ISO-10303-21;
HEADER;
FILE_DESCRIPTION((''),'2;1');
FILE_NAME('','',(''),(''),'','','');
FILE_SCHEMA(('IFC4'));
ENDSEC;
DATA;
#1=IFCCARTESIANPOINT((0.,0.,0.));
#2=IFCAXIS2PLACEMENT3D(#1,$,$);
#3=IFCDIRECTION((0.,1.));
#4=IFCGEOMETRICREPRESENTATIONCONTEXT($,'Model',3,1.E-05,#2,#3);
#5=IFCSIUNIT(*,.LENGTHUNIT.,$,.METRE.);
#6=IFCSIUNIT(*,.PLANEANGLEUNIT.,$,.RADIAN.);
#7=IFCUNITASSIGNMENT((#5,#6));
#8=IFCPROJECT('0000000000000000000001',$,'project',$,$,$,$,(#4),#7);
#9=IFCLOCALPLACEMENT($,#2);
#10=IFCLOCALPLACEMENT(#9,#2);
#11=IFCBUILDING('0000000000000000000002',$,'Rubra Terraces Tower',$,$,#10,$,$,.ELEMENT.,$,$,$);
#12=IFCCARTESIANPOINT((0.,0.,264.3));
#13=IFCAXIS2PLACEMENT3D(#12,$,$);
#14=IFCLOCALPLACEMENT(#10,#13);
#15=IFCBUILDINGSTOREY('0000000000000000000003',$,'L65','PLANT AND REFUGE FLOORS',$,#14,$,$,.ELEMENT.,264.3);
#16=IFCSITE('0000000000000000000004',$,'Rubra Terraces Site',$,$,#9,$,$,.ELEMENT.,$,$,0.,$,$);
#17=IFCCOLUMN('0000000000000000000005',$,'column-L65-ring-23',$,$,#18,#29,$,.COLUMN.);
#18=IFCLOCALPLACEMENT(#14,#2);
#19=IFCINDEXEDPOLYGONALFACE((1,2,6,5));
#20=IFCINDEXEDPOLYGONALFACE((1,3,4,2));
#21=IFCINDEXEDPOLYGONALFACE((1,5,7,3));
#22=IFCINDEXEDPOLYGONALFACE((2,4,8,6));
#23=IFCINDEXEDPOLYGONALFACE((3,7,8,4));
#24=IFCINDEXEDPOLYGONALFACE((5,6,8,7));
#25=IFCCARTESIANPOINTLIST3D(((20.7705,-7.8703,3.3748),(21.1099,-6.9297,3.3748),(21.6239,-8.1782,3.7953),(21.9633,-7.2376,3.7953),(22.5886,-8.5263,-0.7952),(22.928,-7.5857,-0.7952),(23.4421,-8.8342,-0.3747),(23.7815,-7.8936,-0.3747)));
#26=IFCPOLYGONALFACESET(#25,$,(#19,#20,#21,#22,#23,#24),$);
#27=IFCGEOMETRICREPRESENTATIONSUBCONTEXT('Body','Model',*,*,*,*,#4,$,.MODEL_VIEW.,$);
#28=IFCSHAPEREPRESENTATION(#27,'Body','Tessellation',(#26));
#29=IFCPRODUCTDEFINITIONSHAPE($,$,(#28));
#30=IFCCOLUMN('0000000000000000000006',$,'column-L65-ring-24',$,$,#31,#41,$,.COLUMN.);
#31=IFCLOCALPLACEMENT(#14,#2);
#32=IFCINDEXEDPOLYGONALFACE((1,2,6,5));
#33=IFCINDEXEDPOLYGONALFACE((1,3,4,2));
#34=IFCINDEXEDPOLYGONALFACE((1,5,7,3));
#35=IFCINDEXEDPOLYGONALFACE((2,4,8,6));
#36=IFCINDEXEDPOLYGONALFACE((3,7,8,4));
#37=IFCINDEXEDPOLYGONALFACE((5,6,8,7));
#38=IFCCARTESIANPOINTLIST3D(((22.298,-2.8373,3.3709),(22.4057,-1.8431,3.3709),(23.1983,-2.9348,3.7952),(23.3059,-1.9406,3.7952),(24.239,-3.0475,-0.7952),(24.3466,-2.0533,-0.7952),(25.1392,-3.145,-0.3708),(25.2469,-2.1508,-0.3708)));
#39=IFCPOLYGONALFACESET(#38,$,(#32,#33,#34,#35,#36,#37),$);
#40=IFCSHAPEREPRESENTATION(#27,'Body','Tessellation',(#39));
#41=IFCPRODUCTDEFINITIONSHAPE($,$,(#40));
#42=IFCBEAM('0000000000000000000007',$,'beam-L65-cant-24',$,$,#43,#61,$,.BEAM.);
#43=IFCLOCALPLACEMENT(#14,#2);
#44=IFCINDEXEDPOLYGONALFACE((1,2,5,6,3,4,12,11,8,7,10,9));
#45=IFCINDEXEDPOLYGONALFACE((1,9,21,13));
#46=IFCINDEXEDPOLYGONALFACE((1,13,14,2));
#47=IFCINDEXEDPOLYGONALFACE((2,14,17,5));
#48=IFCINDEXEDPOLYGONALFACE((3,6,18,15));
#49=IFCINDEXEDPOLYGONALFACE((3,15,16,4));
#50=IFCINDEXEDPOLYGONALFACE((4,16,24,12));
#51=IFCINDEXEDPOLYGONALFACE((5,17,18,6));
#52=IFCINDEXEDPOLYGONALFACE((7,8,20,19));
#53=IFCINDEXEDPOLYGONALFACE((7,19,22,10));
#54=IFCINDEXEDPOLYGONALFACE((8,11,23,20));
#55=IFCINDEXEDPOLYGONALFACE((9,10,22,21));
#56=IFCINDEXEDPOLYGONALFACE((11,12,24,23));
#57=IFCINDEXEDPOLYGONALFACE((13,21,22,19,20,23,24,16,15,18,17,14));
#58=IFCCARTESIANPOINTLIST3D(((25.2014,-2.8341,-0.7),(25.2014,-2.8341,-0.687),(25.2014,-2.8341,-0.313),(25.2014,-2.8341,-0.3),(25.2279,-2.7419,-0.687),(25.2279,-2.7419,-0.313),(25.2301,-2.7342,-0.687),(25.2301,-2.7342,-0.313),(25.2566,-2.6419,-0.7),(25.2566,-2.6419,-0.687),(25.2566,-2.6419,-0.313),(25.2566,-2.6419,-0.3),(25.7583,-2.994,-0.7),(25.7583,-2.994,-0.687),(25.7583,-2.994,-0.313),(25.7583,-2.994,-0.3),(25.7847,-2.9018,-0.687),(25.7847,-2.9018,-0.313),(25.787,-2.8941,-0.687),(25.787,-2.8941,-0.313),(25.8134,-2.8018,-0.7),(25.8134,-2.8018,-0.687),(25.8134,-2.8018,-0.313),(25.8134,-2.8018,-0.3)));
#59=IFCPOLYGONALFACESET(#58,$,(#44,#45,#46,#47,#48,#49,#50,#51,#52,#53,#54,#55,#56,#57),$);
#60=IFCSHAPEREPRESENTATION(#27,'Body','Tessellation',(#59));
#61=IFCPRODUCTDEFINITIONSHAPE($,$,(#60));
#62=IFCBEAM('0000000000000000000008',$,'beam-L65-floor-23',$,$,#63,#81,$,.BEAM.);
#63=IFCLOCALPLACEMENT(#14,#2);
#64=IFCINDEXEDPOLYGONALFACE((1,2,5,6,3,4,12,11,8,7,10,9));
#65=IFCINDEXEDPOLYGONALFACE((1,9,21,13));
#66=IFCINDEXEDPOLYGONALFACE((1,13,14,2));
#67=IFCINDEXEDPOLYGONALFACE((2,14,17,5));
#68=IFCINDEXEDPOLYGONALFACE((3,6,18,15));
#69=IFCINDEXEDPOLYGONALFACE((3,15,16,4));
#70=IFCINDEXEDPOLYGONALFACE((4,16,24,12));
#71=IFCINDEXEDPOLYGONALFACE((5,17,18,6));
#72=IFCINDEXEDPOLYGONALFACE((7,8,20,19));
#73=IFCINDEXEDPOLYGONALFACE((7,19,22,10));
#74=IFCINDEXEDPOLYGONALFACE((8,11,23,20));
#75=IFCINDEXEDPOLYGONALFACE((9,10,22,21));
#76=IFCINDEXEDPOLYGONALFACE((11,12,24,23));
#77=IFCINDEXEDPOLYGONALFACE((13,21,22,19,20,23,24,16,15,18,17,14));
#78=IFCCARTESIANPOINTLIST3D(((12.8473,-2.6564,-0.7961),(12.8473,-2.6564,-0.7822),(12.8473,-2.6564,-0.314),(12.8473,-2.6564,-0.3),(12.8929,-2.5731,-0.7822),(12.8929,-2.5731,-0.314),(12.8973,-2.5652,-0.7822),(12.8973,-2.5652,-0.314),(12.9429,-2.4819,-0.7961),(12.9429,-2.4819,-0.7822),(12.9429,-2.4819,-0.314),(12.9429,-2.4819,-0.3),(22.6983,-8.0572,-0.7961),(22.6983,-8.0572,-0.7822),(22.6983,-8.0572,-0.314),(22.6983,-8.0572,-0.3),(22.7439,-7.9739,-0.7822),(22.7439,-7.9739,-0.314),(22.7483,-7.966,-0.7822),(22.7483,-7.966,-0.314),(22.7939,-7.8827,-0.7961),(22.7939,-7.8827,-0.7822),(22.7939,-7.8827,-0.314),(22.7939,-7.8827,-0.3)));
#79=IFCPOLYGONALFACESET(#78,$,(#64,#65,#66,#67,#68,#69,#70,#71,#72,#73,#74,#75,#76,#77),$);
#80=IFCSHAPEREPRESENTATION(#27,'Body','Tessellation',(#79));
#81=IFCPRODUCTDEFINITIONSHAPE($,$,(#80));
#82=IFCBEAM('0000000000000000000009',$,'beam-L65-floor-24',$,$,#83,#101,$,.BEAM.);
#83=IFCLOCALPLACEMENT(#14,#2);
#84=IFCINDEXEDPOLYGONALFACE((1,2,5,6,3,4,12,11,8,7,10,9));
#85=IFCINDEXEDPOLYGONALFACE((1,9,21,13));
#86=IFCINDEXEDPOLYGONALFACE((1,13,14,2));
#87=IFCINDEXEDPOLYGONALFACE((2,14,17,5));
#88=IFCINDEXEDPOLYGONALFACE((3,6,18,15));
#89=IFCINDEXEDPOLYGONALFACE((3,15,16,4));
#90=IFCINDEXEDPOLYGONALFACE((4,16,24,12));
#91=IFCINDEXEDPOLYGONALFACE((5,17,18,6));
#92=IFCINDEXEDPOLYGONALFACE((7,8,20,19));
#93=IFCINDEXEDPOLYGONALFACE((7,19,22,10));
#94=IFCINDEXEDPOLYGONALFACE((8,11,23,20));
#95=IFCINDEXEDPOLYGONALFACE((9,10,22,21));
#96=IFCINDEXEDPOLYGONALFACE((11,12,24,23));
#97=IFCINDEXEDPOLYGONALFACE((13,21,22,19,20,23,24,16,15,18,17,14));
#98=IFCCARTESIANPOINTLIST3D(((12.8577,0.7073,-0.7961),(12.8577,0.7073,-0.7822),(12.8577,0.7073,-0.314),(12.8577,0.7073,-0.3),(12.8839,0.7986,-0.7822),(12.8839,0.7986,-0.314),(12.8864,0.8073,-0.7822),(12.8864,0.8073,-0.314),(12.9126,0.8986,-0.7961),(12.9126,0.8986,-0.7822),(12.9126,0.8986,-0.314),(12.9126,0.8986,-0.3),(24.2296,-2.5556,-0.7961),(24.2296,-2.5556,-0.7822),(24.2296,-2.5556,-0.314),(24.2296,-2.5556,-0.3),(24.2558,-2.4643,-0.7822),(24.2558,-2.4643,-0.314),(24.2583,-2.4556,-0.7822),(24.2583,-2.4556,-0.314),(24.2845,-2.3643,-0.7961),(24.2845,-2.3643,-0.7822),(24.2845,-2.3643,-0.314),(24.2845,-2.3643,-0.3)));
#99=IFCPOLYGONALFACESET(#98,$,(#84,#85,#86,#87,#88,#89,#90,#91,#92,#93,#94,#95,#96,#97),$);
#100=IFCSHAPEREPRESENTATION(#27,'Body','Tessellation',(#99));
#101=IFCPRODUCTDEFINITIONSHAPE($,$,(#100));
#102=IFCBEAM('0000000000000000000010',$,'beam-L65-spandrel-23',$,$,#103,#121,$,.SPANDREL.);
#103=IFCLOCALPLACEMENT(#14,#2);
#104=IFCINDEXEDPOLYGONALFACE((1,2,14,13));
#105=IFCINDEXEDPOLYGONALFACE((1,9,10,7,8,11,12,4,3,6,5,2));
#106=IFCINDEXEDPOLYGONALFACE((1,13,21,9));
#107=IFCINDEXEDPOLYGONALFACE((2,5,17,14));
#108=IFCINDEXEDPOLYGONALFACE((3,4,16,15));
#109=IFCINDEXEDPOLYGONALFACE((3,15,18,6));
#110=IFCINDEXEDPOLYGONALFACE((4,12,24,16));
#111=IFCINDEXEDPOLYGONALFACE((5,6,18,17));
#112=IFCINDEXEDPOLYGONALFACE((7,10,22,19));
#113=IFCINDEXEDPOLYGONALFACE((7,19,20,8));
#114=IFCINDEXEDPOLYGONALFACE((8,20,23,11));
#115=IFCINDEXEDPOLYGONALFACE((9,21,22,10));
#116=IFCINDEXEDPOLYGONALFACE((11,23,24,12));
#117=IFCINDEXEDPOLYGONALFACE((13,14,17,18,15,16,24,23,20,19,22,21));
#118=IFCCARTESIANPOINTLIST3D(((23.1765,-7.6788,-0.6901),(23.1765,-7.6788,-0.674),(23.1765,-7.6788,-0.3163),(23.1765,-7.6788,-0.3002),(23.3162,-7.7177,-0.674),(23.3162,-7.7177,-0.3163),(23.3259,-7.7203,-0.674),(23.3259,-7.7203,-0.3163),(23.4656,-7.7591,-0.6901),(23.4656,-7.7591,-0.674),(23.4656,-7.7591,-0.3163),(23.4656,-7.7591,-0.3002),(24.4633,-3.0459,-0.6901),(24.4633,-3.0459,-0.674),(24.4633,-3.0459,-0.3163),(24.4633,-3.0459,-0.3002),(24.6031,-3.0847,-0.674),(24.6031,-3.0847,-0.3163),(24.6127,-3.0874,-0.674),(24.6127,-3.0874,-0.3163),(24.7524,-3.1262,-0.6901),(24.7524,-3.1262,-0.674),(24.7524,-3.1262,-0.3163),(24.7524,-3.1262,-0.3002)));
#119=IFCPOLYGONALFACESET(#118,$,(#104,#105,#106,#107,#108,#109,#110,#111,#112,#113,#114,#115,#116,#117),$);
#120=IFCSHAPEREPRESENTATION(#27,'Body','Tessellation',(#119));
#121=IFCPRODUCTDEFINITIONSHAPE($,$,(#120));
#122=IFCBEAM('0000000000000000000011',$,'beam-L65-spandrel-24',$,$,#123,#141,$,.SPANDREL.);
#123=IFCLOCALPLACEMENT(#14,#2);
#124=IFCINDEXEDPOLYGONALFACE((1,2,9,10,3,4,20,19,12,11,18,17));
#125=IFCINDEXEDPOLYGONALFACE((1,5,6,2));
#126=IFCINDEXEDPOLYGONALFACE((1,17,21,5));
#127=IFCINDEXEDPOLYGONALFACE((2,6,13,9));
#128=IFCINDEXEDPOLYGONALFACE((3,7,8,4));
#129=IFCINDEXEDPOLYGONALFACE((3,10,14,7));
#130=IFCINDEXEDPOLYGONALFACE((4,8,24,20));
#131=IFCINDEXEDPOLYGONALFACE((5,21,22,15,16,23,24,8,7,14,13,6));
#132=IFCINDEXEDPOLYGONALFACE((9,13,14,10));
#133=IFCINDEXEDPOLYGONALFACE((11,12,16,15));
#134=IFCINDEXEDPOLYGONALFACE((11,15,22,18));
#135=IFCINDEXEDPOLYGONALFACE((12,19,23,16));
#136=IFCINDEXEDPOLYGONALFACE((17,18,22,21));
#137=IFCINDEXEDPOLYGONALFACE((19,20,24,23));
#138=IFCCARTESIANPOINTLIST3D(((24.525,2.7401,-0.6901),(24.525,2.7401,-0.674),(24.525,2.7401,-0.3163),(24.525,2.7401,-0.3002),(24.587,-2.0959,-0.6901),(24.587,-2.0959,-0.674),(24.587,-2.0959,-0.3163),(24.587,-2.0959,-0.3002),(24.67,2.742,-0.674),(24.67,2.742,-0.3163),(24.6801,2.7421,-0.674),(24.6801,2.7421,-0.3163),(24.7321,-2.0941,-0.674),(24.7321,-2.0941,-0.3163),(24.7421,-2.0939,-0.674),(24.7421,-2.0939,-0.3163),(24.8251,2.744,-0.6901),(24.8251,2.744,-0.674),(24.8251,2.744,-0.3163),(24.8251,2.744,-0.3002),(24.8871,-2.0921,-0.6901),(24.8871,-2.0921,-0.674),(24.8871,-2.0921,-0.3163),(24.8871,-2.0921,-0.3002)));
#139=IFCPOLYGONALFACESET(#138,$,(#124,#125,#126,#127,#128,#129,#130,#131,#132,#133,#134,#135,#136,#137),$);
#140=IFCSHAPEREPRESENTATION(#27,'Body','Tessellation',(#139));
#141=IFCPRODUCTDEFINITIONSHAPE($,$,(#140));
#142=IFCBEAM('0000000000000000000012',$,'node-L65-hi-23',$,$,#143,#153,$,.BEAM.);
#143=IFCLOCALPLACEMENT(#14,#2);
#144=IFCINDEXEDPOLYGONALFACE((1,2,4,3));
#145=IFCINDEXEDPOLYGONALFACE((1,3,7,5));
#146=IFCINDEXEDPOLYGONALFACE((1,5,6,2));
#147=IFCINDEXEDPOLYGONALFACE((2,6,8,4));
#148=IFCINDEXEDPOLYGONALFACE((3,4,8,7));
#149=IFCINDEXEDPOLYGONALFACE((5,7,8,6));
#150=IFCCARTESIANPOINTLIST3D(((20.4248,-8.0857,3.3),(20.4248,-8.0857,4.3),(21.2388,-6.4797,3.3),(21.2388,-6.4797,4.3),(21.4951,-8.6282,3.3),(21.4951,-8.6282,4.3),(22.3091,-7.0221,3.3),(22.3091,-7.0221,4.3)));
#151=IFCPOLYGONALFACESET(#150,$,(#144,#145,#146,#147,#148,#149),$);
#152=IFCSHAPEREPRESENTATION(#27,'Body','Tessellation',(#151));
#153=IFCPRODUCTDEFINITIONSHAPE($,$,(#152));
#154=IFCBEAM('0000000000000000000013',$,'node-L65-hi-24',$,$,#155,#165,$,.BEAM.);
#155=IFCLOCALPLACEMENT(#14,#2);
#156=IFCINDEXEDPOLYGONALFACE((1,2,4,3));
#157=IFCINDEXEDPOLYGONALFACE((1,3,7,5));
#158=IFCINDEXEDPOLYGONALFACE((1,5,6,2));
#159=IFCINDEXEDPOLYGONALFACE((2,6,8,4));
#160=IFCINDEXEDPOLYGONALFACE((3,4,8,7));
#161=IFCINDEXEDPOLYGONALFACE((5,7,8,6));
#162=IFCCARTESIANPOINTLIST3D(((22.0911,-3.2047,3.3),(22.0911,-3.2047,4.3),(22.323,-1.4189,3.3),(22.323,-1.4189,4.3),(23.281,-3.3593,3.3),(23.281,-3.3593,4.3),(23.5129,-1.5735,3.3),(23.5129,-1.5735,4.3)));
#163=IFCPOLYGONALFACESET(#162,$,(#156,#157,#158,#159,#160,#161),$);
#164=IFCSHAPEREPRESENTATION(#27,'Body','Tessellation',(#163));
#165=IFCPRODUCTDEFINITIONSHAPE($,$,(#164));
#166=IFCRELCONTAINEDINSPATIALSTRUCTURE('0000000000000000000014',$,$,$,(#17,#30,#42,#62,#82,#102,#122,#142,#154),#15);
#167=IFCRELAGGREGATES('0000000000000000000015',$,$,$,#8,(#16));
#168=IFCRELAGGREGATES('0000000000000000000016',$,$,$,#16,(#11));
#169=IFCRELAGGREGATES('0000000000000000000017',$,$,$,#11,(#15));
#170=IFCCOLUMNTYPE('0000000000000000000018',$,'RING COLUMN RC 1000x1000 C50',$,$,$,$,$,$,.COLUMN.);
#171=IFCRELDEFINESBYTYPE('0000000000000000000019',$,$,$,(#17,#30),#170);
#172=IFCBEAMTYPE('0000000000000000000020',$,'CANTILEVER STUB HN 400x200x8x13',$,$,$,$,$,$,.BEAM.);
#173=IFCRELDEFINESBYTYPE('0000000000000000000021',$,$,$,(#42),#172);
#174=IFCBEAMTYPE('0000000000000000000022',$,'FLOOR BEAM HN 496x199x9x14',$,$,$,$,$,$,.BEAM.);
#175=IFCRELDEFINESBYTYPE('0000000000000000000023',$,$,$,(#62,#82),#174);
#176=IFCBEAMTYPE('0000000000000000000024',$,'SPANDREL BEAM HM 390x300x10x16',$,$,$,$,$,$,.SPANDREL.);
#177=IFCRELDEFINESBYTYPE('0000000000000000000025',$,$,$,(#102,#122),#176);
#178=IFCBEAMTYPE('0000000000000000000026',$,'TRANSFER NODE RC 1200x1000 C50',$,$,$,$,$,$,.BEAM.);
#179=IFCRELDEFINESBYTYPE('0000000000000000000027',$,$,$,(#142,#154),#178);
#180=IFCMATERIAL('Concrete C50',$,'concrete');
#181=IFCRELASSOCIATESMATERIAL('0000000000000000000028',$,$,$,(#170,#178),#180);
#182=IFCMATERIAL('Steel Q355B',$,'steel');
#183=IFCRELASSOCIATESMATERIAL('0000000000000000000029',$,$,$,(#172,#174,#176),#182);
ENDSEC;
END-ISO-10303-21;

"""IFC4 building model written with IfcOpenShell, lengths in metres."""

from ifc_helpers import new_model, si_unit, direction, frame, origin, origin_2d, place, context, subcontext, project, spatial, rectangle, i_section, extrude, material, material_profile, profile_set, type_object, element, save


model = new_model("IFC4")

# Units and contexts
model_context = context("Model", 3, precision=1e-05, world=origin(), true_north=direction((0.0, 1.0)))
body_context = subcontext(model_context, "Body", "Model", "MODEL_VIEW")
ifc_project = project(units=[si_unit("LENGTHUNIT", "METRE"), si_unit("PLANEANGLEUNIT", "RADIAN")], contexts=[model_context])

# Site, building, storey
site_placement = place(None, origin())
site = spatial("IfcSite", under=ifc_project, at=site_placement, Name="Rubra Terraces Site", CompositionType="ELEMENT", RefElevation=0.0)
building_placement = place(site_placement, origin())
building = spatial("IfcBuilding", under=site, at=building_placement, Name="Rubra Terraces Tower", CompositionType="ELEMENT")
storey_placement = place(building_placement, frame((0.0, 0.0, 264.3)))
storey = spatial("IfcBuildingStorey", under=building, at=storey_placement, Name="L65", Description="PLANT AND REFUGE FLOORS", CompositionType="ELEMENT", Elevation=264.3)

# Columns
ifc_material_1 = material(Name="Concrete C50", Category="concrete")
ifc_material_profile_1 = material_profile(ifc_material_1, rectangle(XDim=1.0, YDim=1.0, at=origin_2d()), Name="RC 1000x1000")
ifc_profile_set_1 = profile_set([ifc_material_profile_1], Name="Concrete C50")
column_type = type_object("IfcColumnType", Name="RING COLUMN RC 1000x1000 C50", PredefinedType="COLUMN", material=ifc_profile_set_1)
column_1_placement = place(storey_placement, frame((23.1851, -8.21, -0.585), z_axis=(-0.395578, 0.142731, 0.907274), x_axis=(-0.339399, -0.940642, 0.0)))
element("IfcColumn", 1, at=column_1_placement, inside=storey, type_object=column_type, Name="column-L65-ring-23", PredefinedType="COLUMN", context=body_context, shape_type="SweptSolid", body=[
    extrude(rectangle(XDim=1.0, YDim=1.0, at=origin_2d()), origin(), (0.0, 0.0, 1.0), 4.5962),
])
column_2_placement = place(storey_placement, frame((24.7429, -2.5991, -0.583), z_axis=(-0.421869, 0.045689, 0.905505), x_axis=(-0.107672, -0.994186, 0.0)))
element("IfcColumn", 2, at=column_2_placement, inside=storey, type_object=column_type, Name="column-L65-ring-24", PredefinedType="COLUMN", context=body_context, shape_type="SweptSolid", body=[
    extrude(rectangle(XDim=1.0, YDim=1.0, at=origin_2d()), origin(), (0.0, 0.0, 1.0), 4.6008),
])

# Beams
ifc_material_2 = material(Name="Steel Q355B", Category="steel")
ifc_material_profile_2 = material_profile(ifc_material_2, i_section(OverallWidth=0.2, OverallDepth=0.3999, WebThickness=0.0081, FlangeThickness=0.0129, at=origin_2d()), Name="HN 400x200x8x13")
ifc_profile_set_2 = profile_set([ifc_material_profile_2], Name="Steel Q355B")
beam_type_1 = type_object("IfcBeamType", Name="CANTILEVER STUB HN 400x200x8x13", PredefinedType="BEAM", material=ifc_profile_set_2)
beam_1_placement = place(storey_placement, frame((25.229, -2.738, -0.5), z_axis=(0.961157, -0.276001, 0.0), x_axis=(0.276001, 0.961157, 0.0)))
element("IfcBeam", 3, at=beam_1_placement, inside=storey, type_object=beam_type_1, Name="beam-L65-cant-24", PredefinedType="BEAM", context=body_context, shape_type="SweptSolid", body=[
    extrude(i_section(OverallWidth=0.2, OverallDepth=0.3999, WebThickness=0.0081, FlangeThickness=0.0129, at=origin_2d()), origin(), (0.0, 0.0, 1.0), 0.5793),
])
ifc_material_profile_3 = material_profile(ifc_material_2, i_section(OverallWidth=0.199, OverallDepth=0.4961, WebThickness=0.009, FlangeThickness=0.0139, at=origin_2d()), Name="HN 496x199x9x14")
ifc_profile_set_3 = profile_set([ifc_material_profile_3], Name="Steel Q355B")
beam_type_2 = type_object("IfcBeamType", Name="FLOOR BEAM HN 496x199x9x14", PredefinedType="BEAM", material=ifc_profile_set_3)
beam_2_placement = place(storey_placement, frame((22.7461, -7.97, -0.5481), z_axis=(-0.876862, 0.480742, 0.0), x_axis=(-0.480742, -0.876862, 0.0)))
element("IfcBeam", 4, at=beam_2_placement, inside=storey, type_object=beam_type_2, Name="beam-L65-floor-23", PredefinedType="BEAM", context=body_context, shape_type="SweptSolid", body=[
    extrude(i_section(OverallWidth=0.199, OverallDepth=0.4961, WebThickness=0.009, FlangeThickness=0.0139, at=origin_2d()), origin(), (0.0, 0.0, 1.0), 11.2344),
])
beam_3_placement = place(storey_placement, frame((24.2571, -2.46, -0.5481), z_axis=(-0.961216, 0.275798, 0.0), x_axis=(-0.275798, -0.961216, 0.0)))
element("IfcBeam", 5, at=beam_3_placement, inside=storey, type_object=beam_type_2, Name="beam-L65-floor-24", PredefinedType="BEAM", context=body_context, shape_type="SweptSolid", body=[
    extrude(i_section(OverallWidth=0.199, OverallDepth=0.4961, WebThickness=0.009, FlangeThickness=0.0139, at=origin_2d()), origin(), (0.0, 0.0, 1.0), 11.8308),
])
ifc_material_profile_4 = material_profile(ifc_material_2, i_section(OverallWidth=0.3, OverallDepth=0.3899, WebThickness=0.01, FlangeThickness=0.0161, at=origin_2d()), Name="HM 390x300x10x16")
ifc_profile_set_4 = profile_set([ifc_material_profile_4], Name="Steel Q355B")
beam_type_3 = type_object("IfcBeamType", Name="SPANDREL BEAM HM 390x300x10x16", PredefinedType="SPANDREL", material=ifc_profile_set_4)
beam_4_placement = place(storey_placement, frame((23.321, -7.719, -0.4951), z_axis=(0.267626, 0.963523, 0.0), x_axis=(-0.963523, 0.267626, 0.0)))
element("IfcBeam", 6, at=beam_4_placement, inside=storey, type_object=beam_type_3, Name="beam-L65-spandrel-23", PredefinedType="SPANDREL", context=body_context, shape_type="SweptSolid", body=[
    extrude(i_section(OverallWidth=0.3, OverallDepth=0.3899, WebThickness=0.01, FlangeThickness=0.0161, at=origin_2d()), origin(), (0.0, 0.0, 1.0), 4.8083),
])
beam_5_placement = place(storey_placement, frame((24.7371, -2.094, -0.4951), z_axis=(-0.012822, 0.999918, 0.0), x_axis=(-0.999918, -0.012822, 0.0)))
element("IfcBeam", 7, at=beam_5_placement, inside=storey, type_object=beam_type_3, Name="beam-L65-spandrel-24", PredefinedType="SPANDREL", context=body_context, shape_type="SweptSolid", body=[
    extrude(i_section(OverallWidth=0.3, OverallDepth=0.3899, WebThickness=0.01, FlangeThickness=0.0161, at=origin_2d()), origin(), (0.0, 0.0, 1.0), 4.8364),
])
ifc_material_profile_5 = material_profile(ifc_material_1, rectangle(XDim=1.2, YDim=1.0, at=origin_2d()), Name="RC 1200x1000")
ifc_profile_set_5 = profile_set([ifc_material_profile_5], Name="Concrete C50")
beam_type_4 = type_object("IfcBeamType", Name="TRANSFER NODE RC 1200x1000 C50", PredefinedType="BEAM", material=ifc_profile_set_5)
beam_6_placement = place(storey_placement, frame((20.96, -8.3569, 3.8), z_axis=(0.452089, 0.891973, 0.0), x_axis=(-0.891973, 0.452089, 0.0)))
element("IfcBeam", 8, at=beam_6_placement, inside=storey, type_object=beam_type_4, Name="node-L65-hi-23", PredefinedType="BEAM", context=body_context, shape_type="SweptSolid", body=[
    extrude(rectangle(XDim=1.2, YDim=1.0, at=origin_2d()), origin(), (0.0, 0.0, 1.0), 1.8005),
])
beam_7_placement = place(storey_placement, frame((22.686, -3.282, 3.8), z_axis=(0.128789, 0.991672, 0.0), x_axis=(-0.991672, 0.128789, 0.0)))
element("IfcBeam", 9, at=beam_7_placement, inside=storey, type_object=beam_type_4, Name="node-L65-hi-24", PredefinedType="BEAM", context=body_context, shape_type="SweptSolid", body=[
    extrude(rectangle(XDim=1.2, YDim=1.0, at=origin_2d()), origin(), (0.0, 0.0, 1.0), 1.8008),
])

save(model, "model.ifc")
